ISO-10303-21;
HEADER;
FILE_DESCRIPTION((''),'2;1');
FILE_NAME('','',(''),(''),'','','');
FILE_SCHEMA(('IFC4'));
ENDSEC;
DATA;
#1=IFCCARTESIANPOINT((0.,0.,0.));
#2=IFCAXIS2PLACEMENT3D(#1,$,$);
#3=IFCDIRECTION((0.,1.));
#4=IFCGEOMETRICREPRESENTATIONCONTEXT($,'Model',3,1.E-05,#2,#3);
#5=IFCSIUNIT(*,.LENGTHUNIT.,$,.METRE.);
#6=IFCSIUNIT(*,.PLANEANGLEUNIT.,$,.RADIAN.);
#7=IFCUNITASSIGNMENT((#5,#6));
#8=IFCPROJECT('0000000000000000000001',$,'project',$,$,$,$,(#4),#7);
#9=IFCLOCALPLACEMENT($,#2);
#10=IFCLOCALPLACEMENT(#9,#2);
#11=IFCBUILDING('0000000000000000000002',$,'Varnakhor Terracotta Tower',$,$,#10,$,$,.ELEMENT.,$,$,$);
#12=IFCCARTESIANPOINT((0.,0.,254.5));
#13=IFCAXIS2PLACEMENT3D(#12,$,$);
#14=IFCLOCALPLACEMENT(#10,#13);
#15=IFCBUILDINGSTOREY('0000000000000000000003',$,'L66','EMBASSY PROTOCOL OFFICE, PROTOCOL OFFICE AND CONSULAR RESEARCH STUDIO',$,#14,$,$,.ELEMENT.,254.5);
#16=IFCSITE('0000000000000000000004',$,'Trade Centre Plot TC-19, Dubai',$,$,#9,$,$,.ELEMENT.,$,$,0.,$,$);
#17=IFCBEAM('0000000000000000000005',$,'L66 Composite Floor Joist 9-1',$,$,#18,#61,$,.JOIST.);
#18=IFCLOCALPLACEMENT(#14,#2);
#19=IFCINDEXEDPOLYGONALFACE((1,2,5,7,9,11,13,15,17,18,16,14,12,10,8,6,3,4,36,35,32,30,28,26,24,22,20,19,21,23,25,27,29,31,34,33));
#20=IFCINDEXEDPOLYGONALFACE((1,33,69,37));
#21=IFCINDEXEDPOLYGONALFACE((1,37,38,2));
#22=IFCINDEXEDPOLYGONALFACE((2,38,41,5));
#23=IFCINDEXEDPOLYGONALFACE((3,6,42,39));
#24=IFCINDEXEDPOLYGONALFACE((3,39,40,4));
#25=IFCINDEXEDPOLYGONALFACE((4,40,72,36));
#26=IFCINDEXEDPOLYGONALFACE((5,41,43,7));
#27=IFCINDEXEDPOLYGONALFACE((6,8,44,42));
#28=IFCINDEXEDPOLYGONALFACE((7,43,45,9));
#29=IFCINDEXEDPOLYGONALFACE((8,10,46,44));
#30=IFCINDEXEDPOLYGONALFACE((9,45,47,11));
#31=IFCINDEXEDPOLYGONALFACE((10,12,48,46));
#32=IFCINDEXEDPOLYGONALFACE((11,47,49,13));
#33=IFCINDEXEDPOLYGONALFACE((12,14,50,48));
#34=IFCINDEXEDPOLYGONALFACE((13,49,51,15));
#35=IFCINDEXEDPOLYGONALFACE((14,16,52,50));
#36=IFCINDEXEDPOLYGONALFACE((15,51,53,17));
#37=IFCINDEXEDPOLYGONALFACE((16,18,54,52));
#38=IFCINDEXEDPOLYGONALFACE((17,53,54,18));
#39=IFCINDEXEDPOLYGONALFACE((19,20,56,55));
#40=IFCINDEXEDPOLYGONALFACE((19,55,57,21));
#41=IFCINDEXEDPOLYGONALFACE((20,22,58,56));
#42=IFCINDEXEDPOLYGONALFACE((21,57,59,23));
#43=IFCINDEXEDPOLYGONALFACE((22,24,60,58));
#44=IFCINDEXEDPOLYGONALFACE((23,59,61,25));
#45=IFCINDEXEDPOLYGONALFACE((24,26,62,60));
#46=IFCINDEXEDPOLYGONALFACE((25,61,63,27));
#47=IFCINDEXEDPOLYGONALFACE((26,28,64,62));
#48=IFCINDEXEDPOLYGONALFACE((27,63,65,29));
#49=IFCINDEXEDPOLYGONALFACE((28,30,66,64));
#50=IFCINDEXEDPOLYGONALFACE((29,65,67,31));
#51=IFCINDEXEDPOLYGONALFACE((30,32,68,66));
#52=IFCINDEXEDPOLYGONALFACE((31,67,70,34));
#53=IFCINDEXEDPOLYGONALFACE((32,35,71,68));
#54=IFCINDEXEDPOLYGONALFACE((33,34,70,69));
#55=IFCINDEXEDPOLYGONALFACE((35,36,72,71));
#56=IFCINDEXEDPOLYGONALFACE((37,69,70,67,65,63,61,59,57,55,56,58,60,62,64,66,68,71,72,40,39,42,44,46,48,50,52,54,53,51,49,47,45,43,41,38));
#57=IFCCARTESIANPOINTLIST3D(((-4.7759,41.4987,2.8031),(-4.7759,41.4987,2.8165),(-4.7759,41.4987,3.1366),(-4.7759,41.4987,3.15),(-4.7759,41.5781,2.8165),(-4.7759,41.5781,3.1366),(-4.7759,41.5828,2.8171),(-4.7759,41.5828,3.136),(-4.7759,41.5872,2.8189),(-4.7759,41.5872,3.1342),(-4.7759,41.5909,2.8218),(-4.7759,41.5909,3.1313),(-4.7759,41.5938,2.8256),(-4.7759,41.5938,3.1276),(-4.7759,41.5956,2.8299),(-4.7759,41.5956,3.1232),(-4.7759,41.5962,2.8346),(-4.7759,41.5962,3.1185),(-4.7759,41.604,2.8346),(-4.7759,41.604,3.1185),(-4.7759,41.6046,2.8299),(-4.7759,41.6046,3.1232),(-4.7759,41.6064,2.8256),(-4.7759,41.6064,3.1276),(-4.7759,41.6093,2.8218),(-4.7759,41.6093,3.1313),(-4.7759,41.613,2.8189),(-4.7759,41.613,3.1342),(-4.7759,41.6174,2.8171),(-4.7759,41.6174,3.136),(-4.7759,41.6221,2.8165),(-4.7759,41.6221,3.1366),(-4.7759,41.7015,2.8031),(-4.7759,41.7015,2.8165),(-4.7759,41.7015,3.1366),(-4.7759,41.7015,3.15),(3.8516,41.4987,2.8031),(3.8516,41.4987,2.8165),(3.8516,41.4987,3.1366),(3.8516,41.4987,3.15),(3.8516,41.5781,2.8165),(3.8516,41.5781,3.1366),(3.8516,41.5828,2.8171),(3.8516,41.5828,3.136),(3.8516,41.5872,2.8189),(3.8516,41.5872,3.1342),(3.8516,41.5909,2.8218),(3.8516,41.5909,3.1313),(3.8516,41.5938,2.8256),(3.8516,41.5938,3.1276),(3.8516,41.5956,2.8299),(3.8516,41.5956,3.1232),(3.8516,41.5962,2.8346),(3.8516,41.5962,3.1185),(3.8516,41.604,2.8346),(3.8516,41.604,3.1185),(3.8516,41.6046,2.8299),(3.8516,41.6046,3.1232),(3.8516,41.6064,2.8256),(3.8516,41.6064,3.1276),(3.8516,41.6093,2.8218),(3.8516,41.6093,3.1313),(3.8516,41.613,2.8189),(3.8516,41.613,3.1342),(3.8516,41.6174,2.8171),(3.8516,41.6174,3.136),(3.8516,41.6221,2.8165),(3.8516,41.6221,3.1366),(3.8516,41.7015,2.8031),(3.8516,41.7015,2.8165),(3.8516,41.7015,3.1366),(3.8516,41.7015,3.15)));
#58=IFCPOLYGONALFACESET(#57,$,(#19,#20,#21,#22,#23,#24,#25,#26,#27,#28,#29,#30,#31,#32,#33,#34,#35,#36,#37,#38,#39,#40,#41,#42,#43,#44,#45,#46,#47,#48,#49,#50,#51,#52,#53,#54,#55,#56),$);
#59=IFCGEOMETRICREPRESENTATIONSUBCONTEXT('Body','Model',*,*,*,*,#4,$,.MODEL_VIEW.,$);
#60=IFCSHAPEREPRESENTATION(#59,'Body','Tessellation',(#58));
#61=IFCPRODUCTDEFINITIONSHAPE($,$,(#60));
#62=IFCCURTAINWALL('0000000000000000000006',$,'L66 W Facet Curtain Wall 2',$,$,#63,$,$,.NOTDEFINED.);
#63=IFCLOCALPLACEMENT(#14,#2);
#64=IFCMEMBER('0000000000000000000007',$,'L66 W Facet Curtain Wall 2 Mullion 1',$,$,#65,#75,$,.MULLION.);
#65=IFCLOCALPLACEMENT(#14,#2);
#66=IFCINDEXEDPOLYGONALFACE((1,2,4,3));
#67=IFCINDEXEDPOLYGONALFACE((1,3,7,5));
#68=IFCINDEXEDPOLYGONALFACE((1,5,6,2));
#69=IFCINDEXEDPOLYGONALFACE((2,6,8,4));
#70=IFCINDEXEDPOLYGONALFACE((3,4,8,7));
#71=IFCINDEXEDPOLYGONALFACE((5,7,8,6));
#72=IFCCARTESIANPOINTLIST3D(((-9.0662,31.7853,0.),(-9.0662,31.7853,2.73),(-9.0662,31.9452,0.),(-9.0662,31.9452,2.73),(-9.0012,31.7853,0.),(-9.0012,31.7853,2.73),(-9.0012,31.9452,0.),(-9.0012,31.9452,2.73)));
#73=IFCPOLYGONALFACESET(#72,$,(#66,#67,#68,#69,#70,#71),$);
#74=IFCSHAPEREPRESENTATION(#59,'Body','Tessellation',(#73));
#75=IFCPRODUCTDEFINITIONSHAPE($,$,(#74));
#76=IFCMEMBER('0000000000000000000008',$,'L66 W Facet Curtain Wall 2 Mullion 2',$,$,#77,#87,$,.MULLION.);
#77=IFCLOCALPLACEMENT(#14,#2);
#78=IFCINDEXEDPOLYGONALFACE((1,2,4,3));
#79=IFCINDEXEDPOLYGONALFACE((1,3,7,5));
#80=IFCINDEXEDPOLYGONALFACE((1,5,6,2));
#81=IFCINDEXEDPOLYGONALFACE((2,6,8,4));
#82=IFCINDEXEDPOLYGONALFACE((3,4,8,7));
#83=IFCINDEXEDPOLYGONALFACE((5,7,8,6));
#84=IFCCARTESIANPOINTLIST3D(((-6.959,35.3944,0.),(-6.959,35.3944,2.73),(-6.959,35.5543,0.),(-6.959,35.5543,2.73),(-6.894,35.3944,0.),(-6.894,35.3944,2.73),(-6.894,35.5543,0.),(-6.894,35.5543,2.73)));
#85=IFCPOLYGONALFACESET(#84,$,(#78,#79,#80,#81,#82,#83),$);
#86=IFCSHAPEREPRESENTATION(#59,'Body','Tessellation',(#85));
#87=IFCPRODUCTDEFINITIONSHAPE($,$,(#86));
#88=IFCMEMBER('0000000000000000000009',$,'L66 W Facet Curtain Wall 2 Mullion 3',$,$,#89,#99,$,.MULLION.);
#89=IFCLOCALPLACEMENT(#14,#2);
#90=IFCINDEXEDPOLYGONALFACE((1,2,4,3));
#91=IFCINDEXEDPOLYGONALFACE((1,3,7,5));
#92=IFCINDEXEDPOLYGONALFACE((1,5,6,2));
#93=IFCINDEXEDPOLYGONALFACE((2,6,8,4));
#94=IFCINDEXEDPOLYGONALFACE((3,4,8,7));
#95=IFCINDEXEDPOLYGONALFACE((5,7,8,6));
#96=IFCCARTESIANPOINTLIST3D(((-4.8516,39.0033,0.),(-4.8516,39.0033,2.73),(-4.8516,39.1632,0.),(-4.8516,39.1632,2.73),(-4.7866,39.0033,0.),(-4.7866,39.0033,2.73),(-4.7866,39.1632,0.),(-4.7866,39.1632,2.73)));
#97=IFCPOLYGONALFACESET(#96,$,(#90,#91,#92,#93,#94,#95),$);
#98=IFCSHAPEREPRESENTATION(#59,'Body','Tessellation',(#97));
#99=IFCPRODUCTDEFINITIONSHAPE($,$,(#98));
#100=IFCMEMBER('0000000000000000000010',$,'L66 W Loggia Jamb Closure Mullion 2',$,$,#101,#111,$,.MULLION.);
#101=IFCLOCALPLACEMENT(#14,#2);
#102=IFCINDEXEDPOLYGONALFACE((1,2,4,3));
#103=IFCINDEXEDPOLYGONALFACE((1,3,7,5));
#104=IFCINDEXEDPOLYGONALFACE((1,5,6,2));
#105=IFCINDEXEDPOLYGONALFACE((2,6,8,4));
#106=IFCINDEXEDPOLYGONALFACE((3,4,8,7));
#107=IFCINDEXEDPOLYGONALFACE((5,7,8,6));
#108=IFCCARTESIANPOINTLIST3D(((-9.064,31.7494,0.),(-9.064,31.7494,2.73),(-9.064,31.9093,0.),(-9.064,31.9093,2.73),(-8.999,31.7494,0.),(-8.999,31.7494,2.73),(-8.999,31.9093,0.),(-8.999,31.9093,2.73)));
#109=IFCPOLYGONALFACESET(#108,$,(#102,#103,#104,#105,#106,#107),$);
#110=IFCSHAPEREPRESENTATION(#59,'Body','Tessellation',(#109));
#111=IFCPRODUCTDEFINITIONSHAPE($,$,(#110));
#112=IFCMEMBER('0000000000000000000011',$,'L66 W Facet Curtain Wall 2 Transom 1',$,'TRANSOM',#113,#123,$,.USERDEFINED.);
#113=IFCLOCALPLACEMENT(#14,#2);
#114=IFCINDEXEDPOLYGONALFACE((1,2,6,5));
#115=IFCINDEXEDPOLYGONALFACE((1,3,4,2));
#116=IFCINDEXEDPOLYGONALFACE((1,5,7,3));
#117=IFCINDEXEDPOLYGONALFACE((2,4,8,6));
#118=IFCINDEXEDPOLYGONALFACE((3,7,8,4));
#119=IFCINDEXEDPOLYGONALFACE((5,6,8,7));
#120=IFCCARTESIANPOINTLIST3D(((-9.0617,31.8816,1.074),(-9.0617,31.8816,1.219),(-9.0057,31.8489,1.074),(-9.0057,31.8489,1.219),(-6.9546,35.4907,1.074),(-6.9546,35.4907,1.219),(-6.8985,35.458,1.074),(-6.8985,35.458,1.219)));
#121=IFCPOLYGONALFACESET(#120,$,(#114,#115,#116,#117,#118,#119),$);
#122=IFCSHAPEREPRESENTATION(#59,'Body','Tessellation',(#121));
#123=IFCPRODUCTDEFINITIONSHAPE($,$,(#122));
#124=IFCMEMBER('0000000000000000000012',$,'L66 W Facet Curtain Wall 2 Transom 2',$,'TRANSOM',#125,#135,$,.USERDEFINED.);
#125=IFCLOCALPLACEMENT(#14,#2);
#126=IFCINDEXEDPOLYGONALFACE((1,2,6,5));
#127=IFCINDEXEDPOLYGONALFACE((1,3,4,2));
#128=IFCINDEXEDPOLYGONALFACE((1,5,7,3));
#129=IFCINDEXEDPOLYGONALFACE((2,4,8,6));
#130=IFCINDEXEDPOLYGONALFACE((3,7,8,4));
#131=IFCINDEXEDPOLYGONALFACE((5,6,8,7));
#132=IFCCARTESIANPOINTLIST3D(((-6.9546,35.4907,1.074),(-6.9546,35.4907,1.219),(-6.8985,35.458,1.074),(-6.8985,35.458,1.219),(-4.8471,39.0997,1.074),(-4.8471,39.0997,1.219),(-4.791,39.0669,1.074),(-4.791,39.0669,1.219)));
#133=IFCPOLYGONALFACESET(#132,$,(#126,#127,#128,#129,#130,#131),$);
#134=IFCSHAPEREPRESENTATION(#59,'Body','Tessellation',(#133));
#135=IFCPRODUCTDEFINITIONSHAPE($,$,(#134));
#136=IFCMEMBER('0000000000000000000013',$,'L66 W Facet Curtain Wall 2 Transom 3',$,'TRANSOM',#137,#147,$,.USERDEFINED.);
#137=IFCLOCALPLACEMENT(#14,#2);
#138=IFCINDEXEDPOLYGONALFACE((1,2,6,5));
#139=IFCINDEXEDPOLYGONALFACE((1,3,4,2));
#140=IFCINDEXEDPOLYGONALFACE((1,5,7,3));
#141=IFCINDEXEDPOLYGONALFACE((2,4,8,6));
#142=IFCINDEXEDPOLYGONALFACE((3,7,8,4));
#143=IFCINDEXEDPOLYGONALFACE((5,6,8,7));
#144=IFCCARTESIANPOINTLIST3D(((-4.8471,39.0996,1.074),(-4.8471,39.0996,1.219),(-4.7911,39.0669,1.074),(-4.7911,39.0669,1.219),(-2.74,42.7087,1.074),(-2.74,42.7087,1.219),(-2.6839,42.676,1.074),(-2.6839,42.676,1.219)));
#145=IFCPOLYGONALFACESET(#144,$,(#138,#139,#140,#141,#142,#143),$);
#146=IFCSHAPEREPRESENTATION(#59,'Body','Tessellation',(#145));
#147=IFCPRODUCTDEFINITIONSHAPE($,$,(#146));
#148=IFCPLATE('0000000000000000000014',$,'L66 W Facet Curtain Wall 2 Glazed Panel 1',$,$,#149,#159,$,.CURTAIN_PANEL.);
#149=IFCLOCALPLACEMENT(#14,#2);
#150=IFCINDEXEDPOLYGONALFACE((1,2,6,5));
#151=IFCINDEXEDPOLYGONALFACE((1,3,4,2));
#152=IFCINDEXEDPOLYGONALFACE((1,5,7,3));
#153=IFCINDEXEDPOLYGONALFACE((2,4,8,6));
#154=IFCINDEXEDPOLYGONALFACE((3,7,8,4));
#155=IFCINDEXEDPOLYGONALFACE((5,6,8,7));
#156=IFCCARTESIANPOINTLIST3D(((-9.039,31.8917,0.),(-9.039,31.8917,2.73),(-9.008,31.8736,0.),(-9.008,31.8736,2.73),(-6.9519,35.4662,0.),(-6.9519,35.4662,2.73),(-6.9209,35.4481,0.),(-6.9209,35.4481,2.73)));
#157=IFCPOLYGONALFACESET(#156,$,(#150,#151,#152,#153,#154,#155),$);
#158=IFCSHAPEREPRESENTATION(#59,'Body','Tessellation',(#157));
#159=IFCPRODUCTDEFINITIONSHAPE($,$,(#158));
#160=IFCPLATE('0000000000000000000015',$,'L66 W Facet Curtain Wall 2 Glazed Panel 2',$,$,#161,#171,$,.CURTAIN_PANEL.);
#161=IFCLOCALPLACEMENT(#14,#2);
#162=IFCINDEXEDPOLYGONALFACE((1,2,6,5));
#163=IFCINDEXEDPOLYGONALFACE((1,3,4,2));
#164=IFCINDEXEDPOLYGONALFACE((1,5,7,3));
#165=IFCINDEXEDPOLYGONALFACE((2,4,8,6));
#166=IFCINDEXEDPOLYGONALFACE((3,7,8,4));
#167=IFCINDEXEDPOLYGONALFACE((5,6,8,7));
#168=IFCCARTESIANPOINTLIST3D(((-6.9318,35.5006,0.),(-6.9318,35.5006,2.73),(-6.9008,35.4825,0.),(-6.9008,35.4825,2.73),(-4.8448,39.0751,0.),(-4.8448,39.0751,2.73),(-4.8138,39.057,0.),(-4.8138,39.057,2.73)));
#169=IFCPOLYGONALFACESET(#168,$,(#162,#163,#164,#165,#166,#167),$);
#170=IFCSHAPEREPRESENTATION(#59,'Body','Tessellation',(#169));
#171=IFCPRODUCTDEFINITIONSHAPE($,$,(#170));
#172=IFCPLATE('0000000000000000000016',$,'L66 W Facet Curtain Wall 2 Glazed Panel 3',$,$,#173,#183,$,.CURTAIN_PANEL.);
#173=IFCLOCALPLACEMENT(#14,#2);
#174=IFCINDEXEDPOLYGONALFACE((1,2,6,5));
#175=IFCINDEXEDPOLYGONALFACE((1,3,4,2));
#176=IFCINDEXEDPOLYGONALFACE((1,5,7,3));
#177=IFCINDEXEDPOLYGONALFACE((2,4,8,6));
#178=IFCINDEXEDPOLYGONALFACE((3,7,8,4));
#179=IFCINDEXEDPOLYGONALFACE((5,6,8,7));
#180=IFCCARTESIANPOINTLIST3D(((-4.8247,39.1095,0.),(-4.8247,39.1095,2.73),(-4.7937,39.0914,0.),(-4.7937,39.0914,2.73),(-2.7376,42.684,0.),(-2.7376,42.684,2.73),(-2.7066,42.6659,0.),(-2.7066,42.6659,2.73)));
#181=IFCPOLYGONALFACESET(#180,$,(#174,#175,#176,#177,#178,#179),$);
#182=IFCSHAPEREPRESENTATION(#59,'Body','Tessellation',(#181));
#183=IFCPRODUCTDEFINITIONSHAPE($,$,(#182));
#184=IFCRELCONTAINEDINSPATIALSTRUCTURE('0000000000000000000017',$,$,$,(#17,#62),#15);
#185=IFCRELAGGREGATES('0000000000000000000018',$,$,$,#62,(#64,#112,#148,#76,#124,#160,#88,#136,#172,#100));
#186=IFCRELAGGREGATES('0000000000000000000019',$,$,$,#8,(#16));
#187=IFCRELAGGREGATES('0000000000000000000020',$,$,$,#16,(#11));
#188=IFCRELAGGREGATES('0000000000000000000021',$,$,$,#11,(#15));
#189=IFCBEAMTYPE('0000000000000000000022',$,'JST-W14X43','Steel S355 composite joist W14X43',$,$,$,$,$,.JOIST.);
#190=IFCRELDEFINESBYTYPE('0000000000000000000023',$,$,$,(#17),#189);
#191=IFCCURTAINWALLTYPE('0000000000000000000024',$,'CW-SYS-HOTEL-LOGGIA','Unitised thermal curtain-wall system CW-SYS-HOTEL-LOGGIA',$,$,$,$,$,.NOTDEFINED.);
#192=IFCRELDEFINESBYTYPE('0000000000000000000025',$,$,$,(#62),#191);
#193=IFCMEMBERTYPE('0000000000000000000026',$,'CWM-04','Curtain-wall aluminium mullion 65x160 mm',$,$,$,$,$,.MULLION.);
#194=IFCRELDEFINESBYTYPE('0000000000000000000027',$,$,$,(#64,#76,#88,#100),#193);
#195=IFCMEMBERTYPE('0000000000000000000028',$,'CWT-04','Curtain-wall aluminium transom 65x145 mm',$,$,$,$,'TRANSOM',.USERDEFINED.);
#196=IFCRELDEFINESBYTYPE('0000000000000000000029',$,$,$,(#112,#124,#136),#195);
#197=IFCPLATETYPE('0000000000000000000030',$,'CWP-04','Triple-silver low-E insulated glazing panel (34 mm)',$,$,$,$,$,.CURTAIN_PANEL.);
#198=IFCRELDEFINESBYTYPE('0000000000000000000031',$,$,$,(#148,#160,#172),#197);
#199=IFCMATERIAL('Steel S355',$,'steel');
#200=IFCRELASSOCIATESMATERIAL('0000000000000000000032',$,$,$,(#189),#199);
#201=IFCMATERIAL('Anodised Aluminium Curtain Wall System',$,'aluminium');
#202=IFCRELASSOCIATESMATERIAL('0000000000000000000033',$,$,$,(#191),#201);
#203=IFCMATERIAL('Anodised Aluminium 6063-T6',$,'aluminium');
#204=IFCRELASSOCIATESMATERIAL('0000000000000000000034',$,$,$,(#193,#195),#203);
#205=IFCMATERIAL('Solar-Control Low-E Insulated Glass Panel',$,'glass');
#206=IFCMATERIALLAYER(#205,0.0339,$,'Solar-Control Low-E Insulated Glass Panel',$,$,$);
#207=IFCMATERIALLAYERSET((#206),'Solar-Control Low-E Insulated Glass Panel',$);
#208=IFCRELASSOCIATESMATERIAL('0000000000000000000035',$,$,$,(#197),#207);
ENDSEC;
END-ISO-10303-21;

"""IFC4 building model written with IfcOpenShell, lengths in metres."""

from ifc_helpers import new_model, si_unit, direction, frame, origin, origin_2d, place, context, subcontext, project, spatial, rectangle, i_section, extrude, source, transform, mapped, material, layer, layer_set, material_profile, profile_set, type_object, element, aggregate, save


model = new_model("IFC4")

# Units and contexts
model_context = context("Model", 3, precision=1e-05, world=origin(), true_north=direction((0.0, 1.0)))
body_context = subcontext(model_context, "Body", "Model", "MODEL_VIEW")
ifc_project = project(units=[si_unit("LENGTHUNIT", "METRE"), si_unit("PLANEANGLEUNIT", "RADIAN")], contexts=[model_context])

# Site, building, storey
site_placement = place(None, origin())
site = spatial("IfcSite", under=ifc_project, at=site_placement, Name="Trade Centre Plot TC-19, Dubai", CompositionType="ELEMENT", RefElevation=0.0)
building_placement = place(site_placement, origin())
building = spatial("IfcBuilding", under=site, at=building_placement, Name="Varnakhor Terracotta Tower", CompositionType="ELEMENT")
storey_placement = place(building_placement, frame((0.0, 0.0, 254.5)))
storey = spatial("IfcBuildingStorey", under=building, at=storey_placement, Name="L66", Description="EMBASSY PROTOCOL OFFICE, PROTOCOL OFFICE AND CONSULAR RESEARCH STUDIO", CompositionType="ELEMENT", Elevation=254.5)

# Beam
ifc_material_1 = material(Name="Steel S355", Category="steel")
ifc_material_profile_1 = material_profile(ifc_material_1, i_section(OverallWidth=0.2029, OverallDepth=0.3469, WebThickness=0.0078, FlangeThickness=0.0134, FilletRadius=0.0181, at=origin_2d()), Name="W14X43")
ifc_profile_set_1 = profile_set([ifc_material_profile_1], Name="Steel S355")
beam_type = type_object("IfcBeamType", Name="JST-W14X43", Description="Steel S355 composite joist W14X43", PredefinedType="JOIST", material=ifc_profile_set_1)
shared_shape_1 = source(origin(), body_context, "Body", "SweptSolid", [
    extrude(i_section(OverallWidth=0.2029, OverallDepth=0.3469, WebThickness=0.0078, FlangeThickness=0.0134, FilletRadius=0.0181, at=origin_2d()), origin(), (0.0, 0.0, 1.0), 8.6274),
])
beam_1_placement = place(storey_placement, frame((-4.7759, 41.6001, 2.9766), z_axis=(1.0, 0.0, 0.0), x_axis=(0.0, 1.0, 0.0)))
element("IfcBeam", 1, at=beam_1_placement, inside=storey, type_object=beam_type, Name="L66 Composite Floor Joist 9-1", PredefinedType="JOIST", context=body_context, shape_type="MappedRepresentation", body=[
    mapped(shared_shape_1, transform((0.0, 0.0, 0.0), scale=1.0)),
])

# Curtain wall, members, plates
ifc_material_2 = material(Name="Anodised Aluminium Curtain Wall System", Category="aluminium")
curtain_wall_type = type_object("IfcCurtainWallType", Name="CW-SYS-HOTEL-LOGGIA", Description="Unitised thermal curtain-wall system CW-SYS-HOTEL-LOGGIA", PredefinedType="NOTDEFINED", material=ifc_material_2)
curtain_wall_placement = place(storey_placement, origin())
curtain_wall = element("IfcCurtainWall", 2, at=curtain_wall_placement, inside=storey, type_object=curtain_wall_type, Name="L66 W Facet Curtain Wall 2", PredefinedType="NOTDEFINED")
ifc_material_3 = material(Name="Anodised Aluminium 6063-T6", Category="aluminium")
ifc_material_profile_2 = material_profile(ifc_material_3, rectangle(XDim=0.0649, YDim=0.1599, at=origin_2d()), Name="ALU MULLION 65x160")
ifc_profile_set_2 = profile_set([ifc_material_profile_2], Name="Anodised Aluminium 6063-T6")
member_type_1 = type_object("IfcMemberType", Name="CWM-04", Description="Curtain-wall aluminium mullion 65x160 mm", PredefinedType="MULLION", material=ifc_profile_set_2)
shared_shape_2 = source(origin(), body_context, "Body", "SweptSolid", [
    extrude(rectangle(XDim=0.0649, YDim=0.1599, at=origin_2d()), origin(), (0.0, 0.0, 1.0), 2.73),
])
member_1_placement = place(storey_placement, frame((-9.0337, 31.8652, 0.0), z_axis=(0.0, 0.0, 1.0), x_axis=(1.0, 0.0, 0.0)))
member_1 = element("IfcMember", 3, at=member_1_placement, type_object=member_type_1, Name="L66 W Facet Curtain Wall 2 Mullion 1", PredefinedType="MULLION", context=body_context, shape_type="MappedRepresentation", body=[
    mapped(shared_shape_2, transform((0.0, 0.0, 0.0), scale=1.0)),
])
member_2_placement = place(storey_placement, frame((-6.9265, 35.4744, 0.0), z_axis=(0.0, 0.0, 1.0), x_axis=(1.0, 0.0, 0.0)))
member_2 = element("IfcMember", 4, at=member_2_placement, type_object=member_type_1, Name="L66 W Facet Curtain Wall 2 Mullion 2", PredefinedType="MULLION", context=body_context, shape_type="MappedRepresentation", body=[
    mapped(shared_shape_2, transform((0.0, 0.0, 0.0), scale=1.0)),
])
member_3_placement = place(storey_placement, frame((-4.8191, 39.0833, 0.0), z_axis=(0.0, 0.0, 1.0), x_axis=(1.0, 0.0, 0.0)))
member_3 = element("IfcMember", 5, at=member_3_placement, type_object=member_type_1, Name="L66 W Facet Curtain Wall 2 Mullion 3", PredefinedType="MULLION", context=body_context, shape_type="MappedRepresentation", body=[
    mapped(shared_shape_2, transform((0.0, 0.0, 0.0), scale=1.0)),
])
member_4_placement = place(storey_placement, frame((-9.0315, 31.8293, 0.0), z_axis=(0.0, 0.0, 1.0), x_axis=(1.0, 0.0, 0.0)))
member_4 = element("IfcMember", 6, at=member_4_placement, type_object=member_type_1, Name="L66 W Loggia Jamb Closure Mullion 2", PredefinedType="MULLION", context=body_context, shape_type="MappedRepresentation", body=[
    mapped(shared_shape_2, transform((0.0, 0.0, 0.0), scale=1.0)),
])
ifc_material_profile_3 = material_profile(ifc_material_3, rectangle(XDim=0.0649, YDim=0.145, at=origin_2d()), Name="ALU TRANSOM 65x145")
ifc_profile_set_3 = profile_set([ifc_material_profile_3], Name="Anodised Aluminium 6063-T6")
member_type_2 = type_object("IfcMemberType", Name="CWT-04", Description="Curtain-wall aluminium transom 65x145 mm", ElementType="TRANSOM", PredefinedType="USERDEFINED", material=ifc_profile_set_3)
shared_shape_3 = source(origin(), body_context, "Body", "SweptSolid", [
    extrude(rectangle(XDim=0.0649, YDim=0.145, at=origin_2d()), origin(), (0.0, 0.0, 1.0), 4.1792),
])
member_5_placement = place(storey_placement, frame((-9.0337, 31.8652, 1.1465), z_axis=(0.504202, 0.863586, 0.0), x_axis=(-0.863586, 0.504202, 0.0)))
member_5 = element("IfcMember", 7, at=member_5_placement, type_object=member_type_2, Name="L66 W Facet Curtain Wall 2 Transom 1", ObjectType="TRANSOM", PredefinedType="USERDEFINED", context=body_context, shape_type="MappedRepresentation", body=[
    mapped(shared_shape_3, transform((0.0, 0.0, 0.0), scale=1.0)),
])
member_6_placement = place(storey_placement, frame((-6.9265, 35.4744, 1.1465), z_axis=(0.504271, 0.863546, 0.0), x_axis=(-0.863546, 0.504271, 0.0)))
member_6 = element("IfcMember", 8, at=member_6_placement, type_object=member_type_2, Name="L66 W Facet Curtain Wall 2 Transom 2", ObjectType="TRANSOM", PredefinedType="USERDEFINED", context=body_context, shape_type="MappedRepresentation", body=[
    mapped(shared_shape_3, transform((0.0, 0.0, 0.0), scale=1.0)),
])
member_7_placement = place(storey_placement, frame((-4.8191, 39.0833, 1.1465), z_axis=(0.504202, 0.863586, 0.0), x_axis=(-0.863586, 0.504202, 0.0)))
member_7 = element("IfcMember", 9, at=member_7_placement, type_object=member_type_2, Name="L66 W Facet Curtain Wall 2 Transom 3", ObjectType="TRANSOM", PredefinedType="USERDEFINED", context=body_context, shape_type="MappedRepresentation", body=[
    mapped(shared_shape_3, transform((0.0, 0.0, 0.0), scale=1.0)),
])
ifc_material_4 = material(Name="Solar-Control Low-E Insulated Glass Panel", Category="glass")
ifc_layer = layer(ifc_material_4, 0.0339, Name="Solar-Control Low-E Insulated Glass Panel")
ifc_layer_set = layer_set([ifc_layer], Name="Solar-Control Low-E Insulated Glass Panel")
plate_type = type_object("IfcPlateType", Name="CWP-04", Description="Triple-silver low-E insulated glazing panel (34 mm)", PredefinedType="CURTAIN_PANEL", material=ifc_layer_set)
shared_shape_4 = source(origin(), body_context, "Body", "SweptSolid", [
    extrude(rectangle(XDim=4.1392, YDim=0.0359, at=origin_2d()), origin(), (0.0, 0.0, 1.0), 2.73),
])
plate_1_placement = place(storey_placement, frame((-7.98, 33.6699, 0.0), z_axis=(0.0, 0.0, 1.0), x_axis=(0.504226, 0.863572, 0.0)))
plate_1 = element("IfcPlate", 10, at=plate_1_placement, type_object=plate_type, Name="L66 W Facet Curtain Wall 2 Glazed Panel 1", PredefinedType="CURTAIN_PANEL", context=body_context, shape_type="MappedRepresentation", body=[
    mapped(shared_shape_4, transform((0.0, 0.0, 0.0), scale=1.0)),
])
plate_2_placement = place(storey_placement, frame((-5.8728, 37.2788, 0.0), z_axis=(0.0, 0.0, 1.0), x_axis=(0.504226, 0.863572, 0.0)))
plate_2 = element("IfcPlate", 11, at=plate_2_placement, type_object=plate_type, Name="L66 W Facet Curtain Wall 2 Glazed Panel 2", PredefinedType="CURTAIN_PANEL", context=body_context, shape_type="MappedRepresentation", body=[
    mapped(shared_shape_4, transform((0.0, 0.0, 0.0), scale=1.0)),
])
plate_3_placement = place(storey_placement, frame((-3.7656, 40.8877, 0.0), z_axis=(0.0, 0.0, 1.0), x_axis=(0.504226, 0.863572, 0.0)))
plate_3 = element("IfcPlate", 12, at=plate_3_placement, type_object=plate_type, Name="L66 W Facet Curtain Wall 2 Glazed Panel 3", PredefinedType="CURTAIN_PANEL", context=body_context, shape_type="MappedRepresentation", body=[
    mapped(shared_shape_4, transform((0.0, 0.0, 0.0), scale=1.0)),
])
aggregate(curtain_wall, [member_1, member_5, plate_1, member_2, member_6, plate_2, member_3, member_7, plate_3, member_4])

save(model, "model.ifc")
